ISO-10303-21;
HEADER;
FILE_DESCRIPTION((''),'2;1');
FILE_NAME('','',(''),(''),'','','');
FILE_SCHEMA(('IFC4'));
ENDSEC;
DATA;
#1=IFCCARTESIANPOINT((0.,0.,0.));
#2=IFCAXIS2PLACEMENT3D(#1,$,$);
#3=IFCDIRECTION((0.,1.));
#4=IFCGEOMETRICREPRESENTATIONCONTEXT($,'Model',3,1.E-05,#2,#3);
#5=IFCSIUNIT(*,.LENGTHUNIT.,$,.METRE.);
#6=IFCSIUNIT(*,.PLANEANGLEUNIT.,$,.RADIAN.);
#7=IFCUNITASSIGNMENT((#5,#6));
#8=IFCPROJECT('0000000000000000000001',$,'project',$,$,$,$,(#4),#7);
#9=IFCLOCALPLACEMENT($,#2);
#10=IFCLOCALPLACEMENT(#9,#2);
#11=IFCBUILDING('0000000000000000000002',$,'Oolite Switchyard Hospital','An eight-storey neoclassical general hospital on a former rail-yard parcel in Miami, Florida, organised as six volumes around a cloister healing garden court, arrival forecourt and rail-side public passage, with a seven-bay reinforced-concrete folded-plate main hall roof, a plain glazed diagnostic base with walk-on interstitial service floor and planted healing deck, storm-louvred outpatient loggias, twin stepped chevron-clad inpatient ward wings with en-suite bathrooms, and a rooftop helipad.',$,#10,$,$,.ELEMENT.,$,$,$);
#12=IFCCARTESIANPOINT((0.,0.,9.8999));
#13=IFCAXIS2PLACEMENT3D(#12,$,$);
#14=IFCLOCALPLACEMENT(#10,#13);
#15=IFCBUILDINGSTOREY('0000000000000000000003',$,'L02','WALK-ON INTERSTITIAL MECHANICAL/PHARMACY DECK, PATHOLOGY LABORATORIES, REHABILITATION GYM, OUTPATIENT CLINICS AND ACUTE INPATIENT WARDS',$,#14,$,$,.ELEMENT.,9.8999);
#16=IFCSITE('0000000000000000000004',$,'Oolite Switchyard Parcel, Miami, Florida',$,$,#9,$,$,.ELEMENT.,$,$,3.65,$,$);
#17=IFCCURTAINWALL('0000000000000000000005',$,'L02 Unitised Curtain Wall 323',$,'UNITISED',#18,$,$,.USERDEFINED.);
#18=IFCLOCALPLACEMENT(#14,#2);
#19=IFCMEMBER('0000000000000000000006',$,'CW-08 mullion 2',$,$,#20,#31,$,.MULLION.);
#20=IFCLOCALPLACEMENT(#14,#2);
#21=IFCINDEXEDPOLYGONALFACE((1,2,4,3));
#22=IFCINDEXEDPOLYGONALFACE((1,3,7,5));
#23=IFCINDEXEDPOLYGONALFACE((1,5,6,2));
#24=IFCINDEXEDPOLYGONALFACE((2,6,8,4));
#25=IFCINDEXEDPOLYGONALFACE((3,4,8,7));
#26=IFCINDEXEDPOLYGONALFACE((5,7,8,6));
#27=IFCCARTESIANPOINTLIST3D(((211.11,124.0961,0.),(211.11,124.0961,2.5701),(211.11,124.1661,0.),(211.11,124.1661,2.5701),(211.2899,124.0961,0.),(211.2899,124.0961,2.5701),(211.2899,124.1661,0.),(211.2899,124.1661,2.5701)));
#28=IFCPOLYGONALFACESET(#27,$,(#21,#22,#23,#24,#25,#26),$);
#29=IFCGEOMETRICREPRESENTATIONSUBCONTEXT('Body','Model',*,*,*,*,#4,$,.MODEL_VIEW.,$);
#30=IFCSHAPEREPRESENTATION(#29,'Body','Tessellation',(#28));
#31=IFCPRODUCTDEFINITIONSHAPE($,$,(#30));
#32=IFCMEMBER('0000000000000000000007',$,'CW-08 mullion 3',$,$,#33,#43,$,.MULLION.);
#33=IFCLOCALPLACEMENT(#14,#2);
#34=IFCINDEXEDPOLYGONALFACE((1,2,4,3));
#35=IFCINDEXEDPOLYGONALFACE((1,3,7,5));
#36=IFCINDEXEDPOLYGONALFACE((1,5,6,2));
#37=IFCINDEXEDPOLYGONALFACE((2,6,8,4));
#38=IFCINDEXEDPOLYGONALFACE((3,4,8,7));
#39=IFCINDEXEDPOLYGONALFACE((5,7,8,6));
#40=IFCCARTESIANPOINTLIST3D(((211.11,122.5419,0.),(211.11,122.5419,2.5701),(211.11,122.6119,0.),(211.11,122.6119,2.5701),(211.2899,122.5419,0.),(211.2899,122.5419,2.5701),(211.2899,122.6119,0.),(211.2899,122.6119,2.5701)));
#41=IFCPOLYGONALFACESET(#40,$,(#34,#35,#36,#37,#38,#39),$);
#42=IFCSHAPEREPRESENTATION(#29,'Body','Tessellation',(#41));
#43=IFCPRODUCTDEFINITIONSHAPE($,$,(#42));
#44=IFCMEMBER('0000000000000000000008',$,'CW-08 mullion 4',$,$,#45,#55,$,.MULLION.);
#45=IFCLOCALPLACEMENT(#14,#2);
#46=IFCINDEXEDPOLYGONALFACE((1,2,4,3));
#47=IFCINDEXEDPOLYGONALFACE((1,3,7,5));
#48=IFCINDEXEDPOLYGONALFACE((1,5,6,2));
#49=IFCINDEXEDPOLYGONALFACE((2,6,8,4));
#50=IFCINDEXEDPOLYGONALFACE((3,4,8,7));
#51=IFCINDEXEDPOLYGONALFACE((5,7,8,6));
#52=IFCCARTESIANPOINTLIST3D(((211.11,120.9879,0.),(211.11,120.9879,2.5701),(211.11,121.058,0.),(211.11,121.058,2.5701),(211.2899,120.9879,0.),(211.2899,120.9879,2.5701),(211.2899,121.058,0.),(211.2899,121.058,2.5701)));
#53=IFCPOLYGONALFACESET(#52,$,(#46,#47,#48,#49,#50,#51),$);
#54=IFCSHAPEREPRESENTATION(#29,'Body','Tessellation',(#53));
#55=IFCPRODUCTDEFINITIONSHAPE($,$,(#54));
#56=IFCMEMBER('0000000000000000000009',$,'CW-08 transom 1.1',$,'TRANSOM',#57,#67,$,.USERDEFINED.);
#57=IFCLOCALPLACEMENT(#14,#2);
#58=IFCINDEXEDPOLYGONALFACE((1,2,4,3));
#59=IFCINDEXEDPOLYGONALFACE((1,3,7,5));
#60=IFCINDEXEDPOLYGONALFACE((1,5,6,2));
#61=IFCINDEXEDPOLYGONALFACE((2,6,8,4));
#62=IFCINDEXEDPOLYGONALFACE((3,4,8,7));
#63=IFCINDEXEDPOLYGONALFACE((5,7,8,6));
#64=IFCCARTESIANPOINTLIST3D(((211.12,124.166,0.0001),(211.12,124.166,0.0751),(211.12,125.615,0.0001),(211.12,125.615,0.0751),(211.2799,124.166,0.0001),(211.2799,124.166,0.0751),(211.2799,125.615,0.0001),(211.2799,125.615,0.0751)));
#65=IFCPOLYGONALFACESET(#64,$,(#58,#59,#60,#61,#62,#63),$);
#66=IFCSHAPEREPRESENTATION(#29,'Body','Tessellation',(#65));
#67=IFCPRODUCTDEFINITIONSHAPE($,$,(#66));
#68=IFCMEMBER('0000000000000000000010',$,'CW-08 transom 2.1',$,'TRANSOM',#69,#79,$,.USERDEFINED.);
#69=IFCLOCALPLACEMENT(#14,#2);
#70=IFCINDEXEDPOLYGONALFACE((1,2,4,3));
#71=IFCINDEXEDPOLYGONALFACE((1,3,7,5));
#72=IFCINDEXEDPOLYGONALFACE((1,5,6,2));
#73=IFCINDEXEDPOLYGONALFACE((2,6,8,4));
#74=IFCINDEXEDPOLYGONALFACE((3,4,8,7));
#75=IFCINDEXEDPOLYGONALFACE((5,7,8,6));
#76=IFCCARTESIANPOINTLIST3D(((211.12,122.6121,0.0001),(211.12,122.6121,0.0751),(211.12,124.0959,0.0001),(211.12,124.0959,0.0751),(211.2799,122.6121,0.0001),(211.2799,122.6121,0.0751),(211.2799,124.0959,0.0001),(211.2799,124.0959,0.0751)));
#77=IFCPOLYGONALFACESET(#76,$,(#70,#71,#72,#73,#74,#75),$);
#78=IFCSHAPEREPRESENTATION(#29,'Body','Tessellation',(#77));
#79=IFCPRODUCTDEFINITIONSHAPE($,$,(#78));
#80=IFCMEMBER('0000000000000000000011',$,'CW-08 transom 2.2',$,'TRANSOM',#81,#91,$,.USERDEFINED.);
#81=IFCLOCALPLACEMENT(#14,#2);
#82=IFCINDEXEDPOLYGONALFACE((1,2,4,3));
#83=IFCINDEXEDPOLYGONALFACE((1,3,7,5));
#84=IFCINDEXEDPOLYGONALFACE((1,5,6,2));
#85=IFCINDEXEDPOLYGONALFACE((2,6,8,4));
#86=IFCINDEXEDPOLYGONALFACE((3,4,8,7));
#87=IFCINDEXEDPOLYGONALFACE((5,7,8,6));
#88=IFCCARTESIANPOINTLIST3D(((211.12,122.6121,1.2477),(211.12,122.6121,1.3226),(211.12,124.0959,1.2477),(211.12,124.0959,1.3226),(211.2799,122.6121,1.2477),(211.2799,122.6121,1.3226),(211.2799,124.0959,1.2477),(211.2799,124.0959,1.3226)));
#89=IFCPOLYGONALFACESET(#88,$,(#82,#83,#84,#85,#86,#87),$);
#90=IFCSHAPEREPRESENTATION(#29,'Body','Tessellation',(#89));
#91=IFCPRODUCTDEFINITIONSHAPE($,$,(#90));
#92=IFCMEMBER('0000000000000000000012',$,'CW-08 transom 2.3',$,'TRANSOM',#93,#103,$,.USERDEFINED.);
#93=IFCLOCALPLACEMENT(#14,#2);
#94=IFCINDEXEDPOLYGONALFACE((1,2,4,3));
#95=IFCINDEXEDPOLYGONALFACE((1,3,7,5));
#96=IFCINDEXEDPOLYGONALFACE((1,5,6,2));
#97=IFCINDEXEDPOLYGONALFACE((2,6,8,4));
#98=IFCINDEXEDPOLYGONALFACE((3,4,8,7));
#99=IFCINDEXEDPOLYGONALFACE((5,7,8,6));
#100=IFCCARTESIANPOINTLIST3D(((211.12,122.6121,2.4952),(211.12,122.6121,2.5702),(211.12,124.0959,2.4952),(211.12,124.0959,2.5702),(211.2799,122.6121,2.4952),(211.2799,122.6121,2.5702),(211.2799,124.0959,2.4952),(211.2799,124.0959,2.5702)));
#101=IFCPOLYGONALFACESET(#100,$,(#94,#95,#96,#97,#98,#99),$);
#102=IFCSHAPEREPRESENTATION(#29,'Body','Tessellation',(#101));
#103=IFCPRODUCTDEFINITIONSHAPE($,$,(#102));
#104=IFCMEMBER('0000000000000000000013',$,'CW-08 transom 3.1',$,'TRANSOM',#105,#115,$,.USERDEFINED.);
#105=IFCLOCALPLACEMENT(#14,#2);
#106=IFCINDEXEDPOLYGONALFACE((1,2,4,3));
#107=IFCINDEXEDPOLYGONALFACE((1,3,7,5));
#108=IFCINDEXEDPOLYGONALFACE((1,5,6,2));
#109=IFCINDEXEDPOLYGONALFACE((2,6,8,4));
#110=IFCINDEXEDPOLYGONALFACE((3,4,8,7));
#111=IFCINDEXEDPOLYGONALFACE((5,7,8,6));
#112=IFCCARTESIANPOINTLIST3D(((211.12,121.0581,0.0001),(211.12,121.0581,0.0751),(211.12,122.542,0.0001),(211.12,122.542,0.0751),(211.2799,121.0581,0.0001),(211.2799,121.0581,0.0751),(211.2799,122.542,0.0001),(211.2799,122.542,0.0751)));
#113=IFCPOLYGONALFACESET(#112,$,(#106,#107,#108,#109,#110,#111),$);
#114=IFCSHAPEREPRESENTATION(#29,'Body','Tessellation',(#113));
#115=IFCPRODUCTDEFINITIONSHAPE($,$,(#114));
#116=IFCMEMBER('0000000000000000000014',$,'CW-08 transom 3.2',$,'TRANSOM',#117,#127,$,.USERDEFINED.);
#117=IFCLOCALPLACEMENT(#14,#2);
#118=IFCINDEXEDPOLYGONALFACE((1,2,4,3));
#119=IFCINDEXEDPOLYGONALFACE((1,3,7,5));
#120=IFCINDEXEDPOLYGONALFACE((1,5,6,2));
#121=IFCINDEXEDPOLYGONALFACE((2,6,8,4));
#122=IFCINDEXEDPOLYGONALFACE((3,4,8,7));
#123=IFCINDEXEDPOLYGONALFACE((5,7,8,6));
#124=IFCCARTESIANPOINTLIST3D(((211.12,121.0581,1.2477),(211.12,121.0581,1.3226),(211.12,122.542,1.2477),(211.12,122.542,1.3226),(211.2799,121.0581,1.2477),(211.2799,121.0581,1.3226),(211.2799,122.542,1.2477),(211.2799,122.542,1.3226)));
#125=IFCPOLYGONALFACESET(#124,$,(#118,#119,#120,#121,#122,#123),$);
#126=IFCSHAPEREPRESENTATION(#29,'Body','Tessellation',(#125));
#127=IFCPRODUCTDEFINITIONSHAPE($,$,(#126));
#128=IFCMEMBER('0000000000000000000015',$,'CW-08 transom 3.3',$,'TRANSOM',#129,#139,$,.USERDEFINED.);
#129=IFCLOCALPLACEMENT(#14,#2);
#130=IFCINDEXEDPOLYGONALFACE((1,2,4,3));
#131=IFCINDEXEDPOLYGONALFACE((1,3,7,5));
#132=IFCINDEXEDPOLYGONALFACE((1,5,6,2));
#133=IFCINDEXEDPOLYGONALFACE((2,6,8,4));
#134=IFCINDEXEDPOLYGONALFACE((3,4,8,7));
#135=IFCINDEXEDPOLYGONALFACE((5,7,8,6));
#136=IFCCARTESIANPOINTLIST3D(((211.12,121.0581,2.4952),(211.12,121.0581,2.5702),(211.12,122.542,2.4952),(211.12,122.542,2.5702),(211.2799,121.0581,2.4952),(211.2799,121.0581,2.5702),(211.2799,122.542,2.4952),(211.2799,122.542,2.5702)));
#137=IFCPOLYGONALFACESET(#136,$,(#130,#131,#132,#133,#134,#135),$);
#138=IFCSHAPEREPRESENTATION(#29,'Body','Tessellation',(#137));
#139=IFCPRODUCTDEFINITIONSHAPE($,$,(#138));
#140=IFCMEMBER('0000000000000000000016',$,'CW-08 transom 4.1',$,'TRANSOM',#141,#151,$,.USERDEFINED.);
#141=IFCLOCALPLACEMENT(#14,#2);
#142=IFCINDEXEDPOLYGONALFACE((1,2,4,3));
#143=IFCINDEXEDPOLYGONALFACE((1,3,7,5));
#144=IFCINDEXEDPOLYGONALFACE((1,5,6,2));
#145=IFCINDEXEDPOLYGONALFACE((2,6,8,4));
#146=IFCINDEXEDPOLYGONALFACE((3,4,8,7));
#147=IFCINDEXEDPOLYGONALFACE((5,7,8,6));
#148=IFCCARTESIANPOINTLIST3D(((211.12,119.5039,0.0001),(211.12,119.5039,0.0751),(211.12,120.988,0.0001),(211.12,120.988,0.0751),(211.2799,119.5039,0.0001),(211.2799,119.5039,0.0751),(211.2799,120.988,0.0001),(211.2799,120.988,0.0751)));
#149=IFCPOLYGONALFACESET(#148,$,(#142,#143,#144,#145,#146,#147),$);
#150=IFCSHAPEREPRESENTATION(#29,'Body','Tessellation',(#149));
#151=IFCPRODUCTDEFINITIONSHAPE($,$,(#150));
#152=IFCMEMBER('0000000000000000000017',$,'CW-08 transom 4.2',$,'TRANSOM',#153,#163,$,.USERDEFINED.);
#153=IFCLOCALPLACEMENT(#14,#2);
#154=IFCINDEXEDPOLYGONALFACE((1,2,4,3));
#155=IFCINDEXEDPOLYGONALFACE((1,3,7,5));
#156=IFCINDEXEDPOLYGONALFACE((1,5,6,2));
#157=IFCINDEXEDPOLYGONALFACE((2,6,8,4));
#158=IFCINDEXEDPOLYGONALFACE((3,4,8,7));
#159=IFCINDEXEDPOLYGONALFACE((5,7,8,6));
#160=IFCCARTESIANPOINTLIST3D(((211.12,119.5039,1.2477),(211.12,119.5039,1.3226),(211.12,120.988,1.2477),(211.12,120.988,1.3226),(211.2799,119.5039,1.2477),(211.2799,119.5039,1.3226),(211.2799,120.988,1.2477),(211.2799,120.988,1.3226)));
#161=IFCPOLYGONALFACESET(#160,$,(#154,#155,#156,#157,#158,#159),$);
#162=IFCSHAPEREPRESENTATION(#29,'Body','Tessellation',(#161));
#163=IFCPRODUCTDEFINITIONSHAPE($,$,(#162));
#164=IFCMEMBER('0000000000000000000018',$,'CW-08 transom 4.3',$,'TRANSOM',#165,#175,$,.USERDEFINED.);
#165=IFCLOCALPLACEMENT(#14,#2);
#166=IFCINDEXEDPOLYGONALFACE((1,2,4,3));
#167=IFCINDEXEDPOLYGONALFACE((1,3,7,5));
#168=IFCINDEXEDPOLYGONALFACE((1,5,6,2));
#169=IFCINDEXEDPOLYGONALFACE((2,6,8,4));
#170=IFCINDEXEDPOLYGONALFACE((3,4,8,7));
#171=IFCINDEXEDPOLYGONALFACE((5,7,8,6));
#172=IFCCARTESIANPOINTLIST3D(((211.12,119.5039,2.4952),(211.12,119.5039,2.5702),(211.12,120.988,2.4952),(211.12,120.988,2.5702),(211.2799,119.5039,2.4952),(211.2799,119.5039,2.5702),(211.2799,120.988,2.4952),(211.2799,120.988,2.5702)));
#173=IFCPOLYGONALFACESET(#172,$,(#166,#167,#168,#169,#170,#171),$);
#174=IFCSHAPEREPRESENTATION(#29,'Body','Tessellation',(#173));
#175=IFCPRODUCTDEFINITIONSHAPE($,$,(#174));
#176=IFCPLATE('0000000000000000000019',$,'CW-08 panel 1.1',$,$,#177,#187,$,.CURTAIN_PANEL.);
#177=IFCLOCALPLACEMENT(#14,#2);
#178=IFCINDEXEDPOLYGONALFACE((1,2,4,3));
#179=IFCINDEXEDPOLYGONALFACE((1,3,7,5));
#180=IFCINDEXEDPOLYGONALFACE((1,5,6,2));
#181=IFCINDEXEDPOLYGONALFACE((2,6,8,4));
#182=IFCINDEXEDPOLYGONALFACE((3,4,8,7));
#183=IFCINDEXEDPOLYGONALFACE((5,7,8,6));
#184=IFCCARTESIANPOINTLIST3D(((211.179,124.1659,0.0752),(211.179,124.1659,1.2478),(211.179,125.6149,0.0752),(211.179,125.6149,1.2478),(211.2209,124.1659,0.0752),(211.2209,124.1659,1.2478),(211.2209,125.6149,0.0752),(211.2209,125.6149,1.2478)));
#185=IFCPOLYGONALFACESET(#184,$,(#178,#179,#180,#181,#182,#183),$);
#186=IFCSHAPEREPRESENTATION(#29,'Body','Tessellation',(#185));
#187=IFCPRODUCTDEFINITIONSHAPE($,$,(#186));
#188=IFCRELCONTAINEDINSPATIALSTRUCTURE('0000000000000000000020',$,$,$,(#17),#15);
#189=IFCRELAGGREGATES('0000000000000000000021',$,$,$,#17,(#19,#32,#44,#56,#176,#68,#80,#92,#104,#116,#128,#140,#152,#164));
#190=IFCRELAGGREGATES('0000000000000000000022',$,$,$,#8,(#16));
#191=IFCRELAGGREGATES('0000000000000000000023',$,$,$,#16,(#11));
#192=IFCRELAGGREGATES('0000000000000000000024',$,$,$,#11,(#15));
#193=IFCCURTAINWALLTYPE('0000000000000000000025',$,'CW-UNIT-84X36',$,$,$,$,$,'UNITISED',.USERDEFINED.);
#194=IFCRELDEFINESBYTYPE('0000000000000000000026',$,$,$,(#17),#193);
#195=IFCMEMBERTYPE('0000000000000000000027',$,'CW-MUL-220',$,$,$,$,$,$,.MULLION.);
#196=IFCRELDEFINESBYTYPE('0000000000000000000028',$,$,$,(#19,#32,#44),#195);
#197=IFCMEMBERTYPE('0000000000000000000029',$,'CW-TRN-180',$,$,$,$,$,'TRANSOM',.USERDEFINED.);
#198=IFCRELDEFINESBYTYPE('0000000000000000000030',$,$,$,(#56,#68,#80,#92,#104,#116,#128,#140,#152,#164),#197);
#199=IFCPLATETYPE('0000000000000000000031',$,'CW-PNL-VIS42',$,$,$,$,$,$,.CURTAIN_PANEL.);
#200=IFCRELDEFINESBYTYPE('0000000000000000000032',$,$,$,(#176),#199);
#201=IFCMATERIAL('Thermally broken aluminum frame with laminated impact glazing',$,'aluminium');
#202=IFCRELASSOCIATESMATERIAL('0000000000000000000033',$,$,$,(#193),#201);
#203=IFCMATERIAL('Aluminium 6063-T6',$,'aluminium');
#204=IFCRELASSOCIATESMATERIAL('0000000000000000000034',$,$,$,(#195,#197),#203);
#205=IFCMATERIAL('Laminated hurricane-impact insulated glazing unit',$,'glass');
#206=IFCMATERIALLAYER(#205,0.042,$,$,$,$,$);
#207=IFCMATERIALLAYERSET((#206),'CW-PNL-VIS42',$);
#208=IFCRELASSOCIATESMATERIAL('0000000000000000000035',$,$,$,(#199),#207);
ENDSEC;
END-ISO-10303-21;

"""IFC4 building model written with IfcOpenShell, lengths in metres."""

from ifc_helpers import new_model, si_unit, direction, frame, origin, origin_2d, place, context, subcontext, project, spatial, rectangle, extrude, material, layer, layer_set, material_profile, profile_set, type_object, element, aggregate, save


model = new_model("IFC4")

# Units and contexts
model_context = context("Model", 3, precision=1e-05, world=origin(), true_north=direction((0.0, 1.0)))
body_context = subcontext(model_context, "Body", "Model", "MODEL_VIEW")
ifc_project = project(units=[si_unit("LENGTHUNIT", "METRE"), si_unit("PLANEANGLEUNIT", "RADIAN")], contexts=[model_context])

# Site, building, storey
site_placement = place(None, origin())
site = spatial("IfcSite", under=ifc_project, at=site_placement, Name="Oolite Switchyard Parcel, Miami, Florida", CompositionType="ELEMENT", RefElevation=3.65)
building_placement = place(site_placement, origin())
building = spatial("IfcBuilding", under=site, at=building_placement, Name="Oolite Switchyard Hospital", Description="An eight-storey neoclassical general hospital on a former rail-yard parcel in Miami, Florida, organised as six volumes around a cloister healing garden court, arrival forecourt and rail-side public passage, with a seven-bay reinforced-concrete folded-plate main hall roof, a plain glazed diagnostic base with walk-on interstitial service floor and planted healing deck, storm-louvred outpatient loggias, twin stepped chevron-clad inpatient ward wings with en-suite bathrooms, and a rooftop helipad.", CompositionType="ELEMENT")
storey_placement = place(building_placement, frame((0.0, 0.0, 9.8999)))
storey = spatial("IfcBuildingStorey", under=building, at=storey_placement, Name="L02", Description="WALK-ON INTERSTITIAL MECHANICAL/PHARMACY DECK, PATHOLOGY LABORATORIES, REHABILITATION GYM, OUTPATIENT CLINICS AND ACUTE INPATIENT WARDS", CompositionType="ELEMENT", Elevation=9.8999)

# Curtain wall, members, plate
ifc_material_1 = material(Name="Thermally broken aluminum frame with laminated impact glazing", Category="aluminium")
curtain_wall_type = type_object("IfcCurtainWallType", Name="CW-UNIT-84X36", ElementType="UNITISED", PredefinedType="USERDEFINED", material=ifc_material_1)
curtain_wall_placement = place(storey_placement, origin())
curtain_wall = element("IfcCurtainWall", 1, at=curtain_wall_placement, inside=storey, type_object=curtain_wall_type, Name="L02 Unitised Curtain Wall 323", ObjectType="UNITISED", PredefinedType="USERDEFINED")
ifc_material_2 = material(Name="Aluminium 6063-T6", Category="aluminium")
ifc_material_profile_1 = material_profile(ifc_material_2, rectangle(XDim=0.1799, YDim=0.0701, at=origin_2d()), Name="CWM70X180")
ifc_profile_set_1 = profile_set([ifc_material_profile_1], Name="Aluminium 6063-T6")
member_type_1 = type_object("IfcMemberType", Name="CW-MUL-220", PredefinedType="MULLION", material=ifc_profile_set_1)
member_1_placement = place(storey_placement, frame((211.2, 124.1311, 0.0), z_axis=(0.0, 0.0, 1.0), x_axis=(1.0, 0.0, 0.0)))
member_1 = element("IfcMember", 2, at=member_1_placement, type_object=member_type_1, Name="CW-08 mullion 2", PredefinedType="MULLION", context=body_context, shape_type="SweptSolid", body=[
    extrude(rectangle(XDim=0.1799, YDim=0.0701, at=origin_2d()), origin(), (0.0, 0.0, 1.0), 2.5701),
])
member_2_placement = place(storey_placement, frame((211.2, 122.5769, 0.0), z_axis=(0.0, 0.0, 1.0), x_axis=(1.0, 0.0, 0.0)))
member_2 = element("IfcMember", 3, at=member_2_placement, type_object=member_type_1, Name="CW-08 mullion 3", PredefinedType="MULLION", context=body_context, shape_type="SweptSolid", body=[
    extrude(rectangle(XDim=0.1799, YDim=0.0701, at=origin_2d()), origin(), (0.0, 0.0, 1.0), 2.5701),
])
member_3_placement = place(storey_placement, frame((211.2, 121.0229, 0.0), z_axis=(0.0, 0.0, 1.0), x_axis=(1.0, 0.0, 0.0)))
member_3 = element("IfcMember", 4, at=member_3_placement, type_object=member_type_1, Name="CW-08 mullion 4", PredefinedType="MULLION", context=body_context, shape_type="SweptSolid", body=[
    extrude(rectangle(XDim=0.1799, YDim=0.0701, at=origin_2d()), origin(), (0.0, 0.0, 1.0), 2.5701),
])
ifc_material_profile_2 = material_profile(ifc_material_2, rectangle(XDim=0.1599, YDim=0.075, at=origin_2d()), Name="CWT75X160")
ifc_profile_set_2 = profile_set([ifc_material_profile_2], Name="Aluminium 6063-T6")
member_type_2 = type_object("IfcMemberType", Name="CW-TRN-180", ElementType="TRANSOM", PredefinedType="USERDEFINED", material=ifc_profile_set_2)
member_4_placement = place(storey_placement, frame((211.2, 125.615, 0.0376), z_axis=(0.0, -1.0, 0.0), x_axis=(1.0, 0.0, 0.0)))
member_4 = element("IfcMember", 5, at=member_4_placement, type_object=member_type_2, Name="CW-08 transom 1.1", ObjectType="TRANSOM", PredefinedType="USERDEFINED", context=body_context, shape_type="SweptSolid", body=[
    extrude(rectangle(XDim=0.1599, YDim=0.075, at=origin_2d()), origin(), (0.0, 0.0, 1.0), 1.449),
])
member_5_placement = place(storey_placement, frame((211.2, 124.0959, 0.0376), z_axis=(0.0, -1.0, 0.0), x_axis=(1.0, 0.0, 0.0)))
member_5 = element("IfcMember", 6, at=member_5_placement, type_object=member_type_2, Name="CW-08 transom 2.1", ObjectType="TRANSOM", PredefinedType="USERDEFINED", context=body_context, shape_type="SweptSolid", body=[
    extrude(rectangle(XDim=0.1599, YDim=0.075, at=origin_2d()), origin(), (0.0, 0.0, 1.0), 1.4839),
])
member_6_placement = place(storey_placement, frame((211.2, 124.0959, 1.2852), z_axis=(0.0, -1.0, 0.0), x_axis=(1.0, 0.0, 0.0)))
member_6 = element("IfcMember", 7, at=member_6_placement, type_object=member_type_2, Name="CW-08 transom 2.2", ObjectType="TRANSOM", PredefinedType="USERDEFINED", context=body_context, shape_type="SweptSolid", body=[
    extrude(rectangle(XDim=0.1599, YDim=0.075, at=origin_2d()), origin(), (0.0, 0.0, 1.0), 1.4839),
])
member_7_placement = place(storey_placement, frame((211.2, 124.0959, 2.5327), z_axis=(0.0, -1.0, 0.0), x_axis=(1.0, 0.0, 0.0)))
member_7 = element("IfcMember", 8, at=member_7_placement, type_object=member_type_2, Name="CW-08 transom 2.3", ObjectType="TRANSOM", PredefinedType="USERDEFINED", context=body_context, shape_type="SweptSolid", body=[
    extrude(rectangle(XDim=0.1599, YDim=0.075, at=origin_2d()), origin(), (0.0, 0.0, 1.0), 1.4839),
])
member_8_placement = place(storey_placement, frame((211.2, 122.542, 0.0376), z_axis=(0.0, -1.0, 0.0), x_axis=(1.0, 0.0, 0.0)))
member_8 = element("IfcMember", 9, at=member_8_placement, type_object=member_type_2, Name="CW-08 transom 3.1", ObjectType="TRANSOM", PredefinedType="USERDEFINED", context=body_context, shape_type="SweptSolid", body=[
    extrude(rectangle(XDim=0.1599, YDim=0.075, at=origin_2d()), origin(), (0.0, 0.0, 1.0), 1.4839),
])
member_9_placement = place(storey_placement, frame((211.2, 122.542, 1.2852), z_axis=(0.0, -1.0, 0.0), x_axis=(1.0, 0.0, 0.0)))
member_9 = element("IfcMember", 10, at=member_9_placement, type_object=member_type_2, Name="CW-08 transom 3.2", ObjectType="TRANSOM", PredefinedType="USERDEFINED", context=body_context, shape_type="SweptSolid", body=[
    extrude(rectangle(XDim=0.1599, YDim=0.075, at=origin_2d()), origin(), (0.0, 0.0, 1.0), 1.4839),
])
member_10_placement = place(storey_placement, frame((211.2, 122.542, 2.5327), z_axis=(0.0, -1.0, 0.0), x_axis=(1.0, 0.0, 0.0)))
member_10 = element("IfcMember", 11, at=member_10_placement, type_object=member_type_2, Name="CW-08 transom 3.3", ObjectType="TRANSOM", PredefinedType="USERDEFINED", context=body_context, shape_type="SweptSolid", body=[
    extrude(rectangle(XDim=0.1599, YDim=0.075, at=origin_2d()), origin(), (0.0, 0.0, 1.0), 1.4839),
])
member_11_placement = place(storey_placement, frame((211.2, 120.988, 0.0376), z_axis=(0.0, -1.0, 0.0), x_axis=(1.0, 0.0, 0.0)))
member_11 = element("IfcMember", 12, at=member_11_placement, type_object=member_type_2, Name="CW-08 transom 4.1", ObjectType="TRANSOM", PredefinedType="USERDEFINED", context=body_context, shape_type="SweptSolid", body=[
    extrude(rectangle(XDim=0.1599, YDim=0.075, at=origin_2d()), origin(), (0.0, 0.0, 1.0), 1.4841),
])
member_12_placement = place(storey_placement, frame((211.2, 120.988, 1.2852), z_axis=(0.0, -1.0, 0.0), x_axis=(1.0, 0.0, 0.0)))
member_12 = element("IfcMember", 13, at=member_12_placement, type_object=member_type_2, Name="CW-08 transom 4.2", ObjectType="TRANSOM", PredefinedType="USERDEFINED", context=body_context, shape_type="SweptSolid", body=[
    extrude(rectangle(XDim=0.1599, YDim=0.075, at=origin_2d()), origin(), (0.0, 0.0, 1.0), 1.4841),
])
member_13_placement = place(storey_placement, frame((211.2, 120.988, 2.5327), z_axis=(0.0, -1.0, 0.0), x_axis=(1.0, 0.0, 0.0)))
member_13 = element("IfcMember", 14, at=member_13_placement, type_object=member_type_2, Name="CW-08 transom 4.3", ObjectType="TRANSOM", PredefinedType="USERDEFINED", context=body_context, shape_type="SweptSolid", body=[
    extrude(rectangle(XDim=0.1599, YDim=0.075, at=origin_2d()), origin(), (0.0, 0.0, 1.0), 1.4841),
])
ifc_material_3 = material(Name="Laminated hurricane-impact insulated glazing unit", Category="glass")
ifc_layer = layer(ifc_material_3, 0.042)
ifc_layer_set = layer_set([ifc_layer], Name="CW-PNL-VIS42")
plate_type = type_object("IfcPlateType", Name="CW-PNL-VIS42", PredefinedType="CURTAIN_PANEL", material=ifc_layer_set)
plate_1_placement = place(storey_placement, frame((211.2, 124.8904, 0.0752), z_axis=(0.0, 0.0, 1.0), x_axis=(0.0, -1.0, 0.0)))
plate_1 = element("IfcPlate", 15, at=plate_1_placement, type_object=plate_type, Name="CW-08 panel 1.1", PredefinedType="CURTAIN_PANEL", context=body_context, shape_type="SweptSolid", body=[
    extrude(rectangle(XDim=1.449, YDim=0.042, at=origin_2d()), origin(), (0.0, 0.0, 1.0), 1.1726),
])
aggregate(curtain_wall, [member_1, member_2, member_3, member_4, plate_1, member_5, member_6, member_7, member_8, member_9, member_10, member_11, member_12, member_13])

save(model, "model.ifc")
